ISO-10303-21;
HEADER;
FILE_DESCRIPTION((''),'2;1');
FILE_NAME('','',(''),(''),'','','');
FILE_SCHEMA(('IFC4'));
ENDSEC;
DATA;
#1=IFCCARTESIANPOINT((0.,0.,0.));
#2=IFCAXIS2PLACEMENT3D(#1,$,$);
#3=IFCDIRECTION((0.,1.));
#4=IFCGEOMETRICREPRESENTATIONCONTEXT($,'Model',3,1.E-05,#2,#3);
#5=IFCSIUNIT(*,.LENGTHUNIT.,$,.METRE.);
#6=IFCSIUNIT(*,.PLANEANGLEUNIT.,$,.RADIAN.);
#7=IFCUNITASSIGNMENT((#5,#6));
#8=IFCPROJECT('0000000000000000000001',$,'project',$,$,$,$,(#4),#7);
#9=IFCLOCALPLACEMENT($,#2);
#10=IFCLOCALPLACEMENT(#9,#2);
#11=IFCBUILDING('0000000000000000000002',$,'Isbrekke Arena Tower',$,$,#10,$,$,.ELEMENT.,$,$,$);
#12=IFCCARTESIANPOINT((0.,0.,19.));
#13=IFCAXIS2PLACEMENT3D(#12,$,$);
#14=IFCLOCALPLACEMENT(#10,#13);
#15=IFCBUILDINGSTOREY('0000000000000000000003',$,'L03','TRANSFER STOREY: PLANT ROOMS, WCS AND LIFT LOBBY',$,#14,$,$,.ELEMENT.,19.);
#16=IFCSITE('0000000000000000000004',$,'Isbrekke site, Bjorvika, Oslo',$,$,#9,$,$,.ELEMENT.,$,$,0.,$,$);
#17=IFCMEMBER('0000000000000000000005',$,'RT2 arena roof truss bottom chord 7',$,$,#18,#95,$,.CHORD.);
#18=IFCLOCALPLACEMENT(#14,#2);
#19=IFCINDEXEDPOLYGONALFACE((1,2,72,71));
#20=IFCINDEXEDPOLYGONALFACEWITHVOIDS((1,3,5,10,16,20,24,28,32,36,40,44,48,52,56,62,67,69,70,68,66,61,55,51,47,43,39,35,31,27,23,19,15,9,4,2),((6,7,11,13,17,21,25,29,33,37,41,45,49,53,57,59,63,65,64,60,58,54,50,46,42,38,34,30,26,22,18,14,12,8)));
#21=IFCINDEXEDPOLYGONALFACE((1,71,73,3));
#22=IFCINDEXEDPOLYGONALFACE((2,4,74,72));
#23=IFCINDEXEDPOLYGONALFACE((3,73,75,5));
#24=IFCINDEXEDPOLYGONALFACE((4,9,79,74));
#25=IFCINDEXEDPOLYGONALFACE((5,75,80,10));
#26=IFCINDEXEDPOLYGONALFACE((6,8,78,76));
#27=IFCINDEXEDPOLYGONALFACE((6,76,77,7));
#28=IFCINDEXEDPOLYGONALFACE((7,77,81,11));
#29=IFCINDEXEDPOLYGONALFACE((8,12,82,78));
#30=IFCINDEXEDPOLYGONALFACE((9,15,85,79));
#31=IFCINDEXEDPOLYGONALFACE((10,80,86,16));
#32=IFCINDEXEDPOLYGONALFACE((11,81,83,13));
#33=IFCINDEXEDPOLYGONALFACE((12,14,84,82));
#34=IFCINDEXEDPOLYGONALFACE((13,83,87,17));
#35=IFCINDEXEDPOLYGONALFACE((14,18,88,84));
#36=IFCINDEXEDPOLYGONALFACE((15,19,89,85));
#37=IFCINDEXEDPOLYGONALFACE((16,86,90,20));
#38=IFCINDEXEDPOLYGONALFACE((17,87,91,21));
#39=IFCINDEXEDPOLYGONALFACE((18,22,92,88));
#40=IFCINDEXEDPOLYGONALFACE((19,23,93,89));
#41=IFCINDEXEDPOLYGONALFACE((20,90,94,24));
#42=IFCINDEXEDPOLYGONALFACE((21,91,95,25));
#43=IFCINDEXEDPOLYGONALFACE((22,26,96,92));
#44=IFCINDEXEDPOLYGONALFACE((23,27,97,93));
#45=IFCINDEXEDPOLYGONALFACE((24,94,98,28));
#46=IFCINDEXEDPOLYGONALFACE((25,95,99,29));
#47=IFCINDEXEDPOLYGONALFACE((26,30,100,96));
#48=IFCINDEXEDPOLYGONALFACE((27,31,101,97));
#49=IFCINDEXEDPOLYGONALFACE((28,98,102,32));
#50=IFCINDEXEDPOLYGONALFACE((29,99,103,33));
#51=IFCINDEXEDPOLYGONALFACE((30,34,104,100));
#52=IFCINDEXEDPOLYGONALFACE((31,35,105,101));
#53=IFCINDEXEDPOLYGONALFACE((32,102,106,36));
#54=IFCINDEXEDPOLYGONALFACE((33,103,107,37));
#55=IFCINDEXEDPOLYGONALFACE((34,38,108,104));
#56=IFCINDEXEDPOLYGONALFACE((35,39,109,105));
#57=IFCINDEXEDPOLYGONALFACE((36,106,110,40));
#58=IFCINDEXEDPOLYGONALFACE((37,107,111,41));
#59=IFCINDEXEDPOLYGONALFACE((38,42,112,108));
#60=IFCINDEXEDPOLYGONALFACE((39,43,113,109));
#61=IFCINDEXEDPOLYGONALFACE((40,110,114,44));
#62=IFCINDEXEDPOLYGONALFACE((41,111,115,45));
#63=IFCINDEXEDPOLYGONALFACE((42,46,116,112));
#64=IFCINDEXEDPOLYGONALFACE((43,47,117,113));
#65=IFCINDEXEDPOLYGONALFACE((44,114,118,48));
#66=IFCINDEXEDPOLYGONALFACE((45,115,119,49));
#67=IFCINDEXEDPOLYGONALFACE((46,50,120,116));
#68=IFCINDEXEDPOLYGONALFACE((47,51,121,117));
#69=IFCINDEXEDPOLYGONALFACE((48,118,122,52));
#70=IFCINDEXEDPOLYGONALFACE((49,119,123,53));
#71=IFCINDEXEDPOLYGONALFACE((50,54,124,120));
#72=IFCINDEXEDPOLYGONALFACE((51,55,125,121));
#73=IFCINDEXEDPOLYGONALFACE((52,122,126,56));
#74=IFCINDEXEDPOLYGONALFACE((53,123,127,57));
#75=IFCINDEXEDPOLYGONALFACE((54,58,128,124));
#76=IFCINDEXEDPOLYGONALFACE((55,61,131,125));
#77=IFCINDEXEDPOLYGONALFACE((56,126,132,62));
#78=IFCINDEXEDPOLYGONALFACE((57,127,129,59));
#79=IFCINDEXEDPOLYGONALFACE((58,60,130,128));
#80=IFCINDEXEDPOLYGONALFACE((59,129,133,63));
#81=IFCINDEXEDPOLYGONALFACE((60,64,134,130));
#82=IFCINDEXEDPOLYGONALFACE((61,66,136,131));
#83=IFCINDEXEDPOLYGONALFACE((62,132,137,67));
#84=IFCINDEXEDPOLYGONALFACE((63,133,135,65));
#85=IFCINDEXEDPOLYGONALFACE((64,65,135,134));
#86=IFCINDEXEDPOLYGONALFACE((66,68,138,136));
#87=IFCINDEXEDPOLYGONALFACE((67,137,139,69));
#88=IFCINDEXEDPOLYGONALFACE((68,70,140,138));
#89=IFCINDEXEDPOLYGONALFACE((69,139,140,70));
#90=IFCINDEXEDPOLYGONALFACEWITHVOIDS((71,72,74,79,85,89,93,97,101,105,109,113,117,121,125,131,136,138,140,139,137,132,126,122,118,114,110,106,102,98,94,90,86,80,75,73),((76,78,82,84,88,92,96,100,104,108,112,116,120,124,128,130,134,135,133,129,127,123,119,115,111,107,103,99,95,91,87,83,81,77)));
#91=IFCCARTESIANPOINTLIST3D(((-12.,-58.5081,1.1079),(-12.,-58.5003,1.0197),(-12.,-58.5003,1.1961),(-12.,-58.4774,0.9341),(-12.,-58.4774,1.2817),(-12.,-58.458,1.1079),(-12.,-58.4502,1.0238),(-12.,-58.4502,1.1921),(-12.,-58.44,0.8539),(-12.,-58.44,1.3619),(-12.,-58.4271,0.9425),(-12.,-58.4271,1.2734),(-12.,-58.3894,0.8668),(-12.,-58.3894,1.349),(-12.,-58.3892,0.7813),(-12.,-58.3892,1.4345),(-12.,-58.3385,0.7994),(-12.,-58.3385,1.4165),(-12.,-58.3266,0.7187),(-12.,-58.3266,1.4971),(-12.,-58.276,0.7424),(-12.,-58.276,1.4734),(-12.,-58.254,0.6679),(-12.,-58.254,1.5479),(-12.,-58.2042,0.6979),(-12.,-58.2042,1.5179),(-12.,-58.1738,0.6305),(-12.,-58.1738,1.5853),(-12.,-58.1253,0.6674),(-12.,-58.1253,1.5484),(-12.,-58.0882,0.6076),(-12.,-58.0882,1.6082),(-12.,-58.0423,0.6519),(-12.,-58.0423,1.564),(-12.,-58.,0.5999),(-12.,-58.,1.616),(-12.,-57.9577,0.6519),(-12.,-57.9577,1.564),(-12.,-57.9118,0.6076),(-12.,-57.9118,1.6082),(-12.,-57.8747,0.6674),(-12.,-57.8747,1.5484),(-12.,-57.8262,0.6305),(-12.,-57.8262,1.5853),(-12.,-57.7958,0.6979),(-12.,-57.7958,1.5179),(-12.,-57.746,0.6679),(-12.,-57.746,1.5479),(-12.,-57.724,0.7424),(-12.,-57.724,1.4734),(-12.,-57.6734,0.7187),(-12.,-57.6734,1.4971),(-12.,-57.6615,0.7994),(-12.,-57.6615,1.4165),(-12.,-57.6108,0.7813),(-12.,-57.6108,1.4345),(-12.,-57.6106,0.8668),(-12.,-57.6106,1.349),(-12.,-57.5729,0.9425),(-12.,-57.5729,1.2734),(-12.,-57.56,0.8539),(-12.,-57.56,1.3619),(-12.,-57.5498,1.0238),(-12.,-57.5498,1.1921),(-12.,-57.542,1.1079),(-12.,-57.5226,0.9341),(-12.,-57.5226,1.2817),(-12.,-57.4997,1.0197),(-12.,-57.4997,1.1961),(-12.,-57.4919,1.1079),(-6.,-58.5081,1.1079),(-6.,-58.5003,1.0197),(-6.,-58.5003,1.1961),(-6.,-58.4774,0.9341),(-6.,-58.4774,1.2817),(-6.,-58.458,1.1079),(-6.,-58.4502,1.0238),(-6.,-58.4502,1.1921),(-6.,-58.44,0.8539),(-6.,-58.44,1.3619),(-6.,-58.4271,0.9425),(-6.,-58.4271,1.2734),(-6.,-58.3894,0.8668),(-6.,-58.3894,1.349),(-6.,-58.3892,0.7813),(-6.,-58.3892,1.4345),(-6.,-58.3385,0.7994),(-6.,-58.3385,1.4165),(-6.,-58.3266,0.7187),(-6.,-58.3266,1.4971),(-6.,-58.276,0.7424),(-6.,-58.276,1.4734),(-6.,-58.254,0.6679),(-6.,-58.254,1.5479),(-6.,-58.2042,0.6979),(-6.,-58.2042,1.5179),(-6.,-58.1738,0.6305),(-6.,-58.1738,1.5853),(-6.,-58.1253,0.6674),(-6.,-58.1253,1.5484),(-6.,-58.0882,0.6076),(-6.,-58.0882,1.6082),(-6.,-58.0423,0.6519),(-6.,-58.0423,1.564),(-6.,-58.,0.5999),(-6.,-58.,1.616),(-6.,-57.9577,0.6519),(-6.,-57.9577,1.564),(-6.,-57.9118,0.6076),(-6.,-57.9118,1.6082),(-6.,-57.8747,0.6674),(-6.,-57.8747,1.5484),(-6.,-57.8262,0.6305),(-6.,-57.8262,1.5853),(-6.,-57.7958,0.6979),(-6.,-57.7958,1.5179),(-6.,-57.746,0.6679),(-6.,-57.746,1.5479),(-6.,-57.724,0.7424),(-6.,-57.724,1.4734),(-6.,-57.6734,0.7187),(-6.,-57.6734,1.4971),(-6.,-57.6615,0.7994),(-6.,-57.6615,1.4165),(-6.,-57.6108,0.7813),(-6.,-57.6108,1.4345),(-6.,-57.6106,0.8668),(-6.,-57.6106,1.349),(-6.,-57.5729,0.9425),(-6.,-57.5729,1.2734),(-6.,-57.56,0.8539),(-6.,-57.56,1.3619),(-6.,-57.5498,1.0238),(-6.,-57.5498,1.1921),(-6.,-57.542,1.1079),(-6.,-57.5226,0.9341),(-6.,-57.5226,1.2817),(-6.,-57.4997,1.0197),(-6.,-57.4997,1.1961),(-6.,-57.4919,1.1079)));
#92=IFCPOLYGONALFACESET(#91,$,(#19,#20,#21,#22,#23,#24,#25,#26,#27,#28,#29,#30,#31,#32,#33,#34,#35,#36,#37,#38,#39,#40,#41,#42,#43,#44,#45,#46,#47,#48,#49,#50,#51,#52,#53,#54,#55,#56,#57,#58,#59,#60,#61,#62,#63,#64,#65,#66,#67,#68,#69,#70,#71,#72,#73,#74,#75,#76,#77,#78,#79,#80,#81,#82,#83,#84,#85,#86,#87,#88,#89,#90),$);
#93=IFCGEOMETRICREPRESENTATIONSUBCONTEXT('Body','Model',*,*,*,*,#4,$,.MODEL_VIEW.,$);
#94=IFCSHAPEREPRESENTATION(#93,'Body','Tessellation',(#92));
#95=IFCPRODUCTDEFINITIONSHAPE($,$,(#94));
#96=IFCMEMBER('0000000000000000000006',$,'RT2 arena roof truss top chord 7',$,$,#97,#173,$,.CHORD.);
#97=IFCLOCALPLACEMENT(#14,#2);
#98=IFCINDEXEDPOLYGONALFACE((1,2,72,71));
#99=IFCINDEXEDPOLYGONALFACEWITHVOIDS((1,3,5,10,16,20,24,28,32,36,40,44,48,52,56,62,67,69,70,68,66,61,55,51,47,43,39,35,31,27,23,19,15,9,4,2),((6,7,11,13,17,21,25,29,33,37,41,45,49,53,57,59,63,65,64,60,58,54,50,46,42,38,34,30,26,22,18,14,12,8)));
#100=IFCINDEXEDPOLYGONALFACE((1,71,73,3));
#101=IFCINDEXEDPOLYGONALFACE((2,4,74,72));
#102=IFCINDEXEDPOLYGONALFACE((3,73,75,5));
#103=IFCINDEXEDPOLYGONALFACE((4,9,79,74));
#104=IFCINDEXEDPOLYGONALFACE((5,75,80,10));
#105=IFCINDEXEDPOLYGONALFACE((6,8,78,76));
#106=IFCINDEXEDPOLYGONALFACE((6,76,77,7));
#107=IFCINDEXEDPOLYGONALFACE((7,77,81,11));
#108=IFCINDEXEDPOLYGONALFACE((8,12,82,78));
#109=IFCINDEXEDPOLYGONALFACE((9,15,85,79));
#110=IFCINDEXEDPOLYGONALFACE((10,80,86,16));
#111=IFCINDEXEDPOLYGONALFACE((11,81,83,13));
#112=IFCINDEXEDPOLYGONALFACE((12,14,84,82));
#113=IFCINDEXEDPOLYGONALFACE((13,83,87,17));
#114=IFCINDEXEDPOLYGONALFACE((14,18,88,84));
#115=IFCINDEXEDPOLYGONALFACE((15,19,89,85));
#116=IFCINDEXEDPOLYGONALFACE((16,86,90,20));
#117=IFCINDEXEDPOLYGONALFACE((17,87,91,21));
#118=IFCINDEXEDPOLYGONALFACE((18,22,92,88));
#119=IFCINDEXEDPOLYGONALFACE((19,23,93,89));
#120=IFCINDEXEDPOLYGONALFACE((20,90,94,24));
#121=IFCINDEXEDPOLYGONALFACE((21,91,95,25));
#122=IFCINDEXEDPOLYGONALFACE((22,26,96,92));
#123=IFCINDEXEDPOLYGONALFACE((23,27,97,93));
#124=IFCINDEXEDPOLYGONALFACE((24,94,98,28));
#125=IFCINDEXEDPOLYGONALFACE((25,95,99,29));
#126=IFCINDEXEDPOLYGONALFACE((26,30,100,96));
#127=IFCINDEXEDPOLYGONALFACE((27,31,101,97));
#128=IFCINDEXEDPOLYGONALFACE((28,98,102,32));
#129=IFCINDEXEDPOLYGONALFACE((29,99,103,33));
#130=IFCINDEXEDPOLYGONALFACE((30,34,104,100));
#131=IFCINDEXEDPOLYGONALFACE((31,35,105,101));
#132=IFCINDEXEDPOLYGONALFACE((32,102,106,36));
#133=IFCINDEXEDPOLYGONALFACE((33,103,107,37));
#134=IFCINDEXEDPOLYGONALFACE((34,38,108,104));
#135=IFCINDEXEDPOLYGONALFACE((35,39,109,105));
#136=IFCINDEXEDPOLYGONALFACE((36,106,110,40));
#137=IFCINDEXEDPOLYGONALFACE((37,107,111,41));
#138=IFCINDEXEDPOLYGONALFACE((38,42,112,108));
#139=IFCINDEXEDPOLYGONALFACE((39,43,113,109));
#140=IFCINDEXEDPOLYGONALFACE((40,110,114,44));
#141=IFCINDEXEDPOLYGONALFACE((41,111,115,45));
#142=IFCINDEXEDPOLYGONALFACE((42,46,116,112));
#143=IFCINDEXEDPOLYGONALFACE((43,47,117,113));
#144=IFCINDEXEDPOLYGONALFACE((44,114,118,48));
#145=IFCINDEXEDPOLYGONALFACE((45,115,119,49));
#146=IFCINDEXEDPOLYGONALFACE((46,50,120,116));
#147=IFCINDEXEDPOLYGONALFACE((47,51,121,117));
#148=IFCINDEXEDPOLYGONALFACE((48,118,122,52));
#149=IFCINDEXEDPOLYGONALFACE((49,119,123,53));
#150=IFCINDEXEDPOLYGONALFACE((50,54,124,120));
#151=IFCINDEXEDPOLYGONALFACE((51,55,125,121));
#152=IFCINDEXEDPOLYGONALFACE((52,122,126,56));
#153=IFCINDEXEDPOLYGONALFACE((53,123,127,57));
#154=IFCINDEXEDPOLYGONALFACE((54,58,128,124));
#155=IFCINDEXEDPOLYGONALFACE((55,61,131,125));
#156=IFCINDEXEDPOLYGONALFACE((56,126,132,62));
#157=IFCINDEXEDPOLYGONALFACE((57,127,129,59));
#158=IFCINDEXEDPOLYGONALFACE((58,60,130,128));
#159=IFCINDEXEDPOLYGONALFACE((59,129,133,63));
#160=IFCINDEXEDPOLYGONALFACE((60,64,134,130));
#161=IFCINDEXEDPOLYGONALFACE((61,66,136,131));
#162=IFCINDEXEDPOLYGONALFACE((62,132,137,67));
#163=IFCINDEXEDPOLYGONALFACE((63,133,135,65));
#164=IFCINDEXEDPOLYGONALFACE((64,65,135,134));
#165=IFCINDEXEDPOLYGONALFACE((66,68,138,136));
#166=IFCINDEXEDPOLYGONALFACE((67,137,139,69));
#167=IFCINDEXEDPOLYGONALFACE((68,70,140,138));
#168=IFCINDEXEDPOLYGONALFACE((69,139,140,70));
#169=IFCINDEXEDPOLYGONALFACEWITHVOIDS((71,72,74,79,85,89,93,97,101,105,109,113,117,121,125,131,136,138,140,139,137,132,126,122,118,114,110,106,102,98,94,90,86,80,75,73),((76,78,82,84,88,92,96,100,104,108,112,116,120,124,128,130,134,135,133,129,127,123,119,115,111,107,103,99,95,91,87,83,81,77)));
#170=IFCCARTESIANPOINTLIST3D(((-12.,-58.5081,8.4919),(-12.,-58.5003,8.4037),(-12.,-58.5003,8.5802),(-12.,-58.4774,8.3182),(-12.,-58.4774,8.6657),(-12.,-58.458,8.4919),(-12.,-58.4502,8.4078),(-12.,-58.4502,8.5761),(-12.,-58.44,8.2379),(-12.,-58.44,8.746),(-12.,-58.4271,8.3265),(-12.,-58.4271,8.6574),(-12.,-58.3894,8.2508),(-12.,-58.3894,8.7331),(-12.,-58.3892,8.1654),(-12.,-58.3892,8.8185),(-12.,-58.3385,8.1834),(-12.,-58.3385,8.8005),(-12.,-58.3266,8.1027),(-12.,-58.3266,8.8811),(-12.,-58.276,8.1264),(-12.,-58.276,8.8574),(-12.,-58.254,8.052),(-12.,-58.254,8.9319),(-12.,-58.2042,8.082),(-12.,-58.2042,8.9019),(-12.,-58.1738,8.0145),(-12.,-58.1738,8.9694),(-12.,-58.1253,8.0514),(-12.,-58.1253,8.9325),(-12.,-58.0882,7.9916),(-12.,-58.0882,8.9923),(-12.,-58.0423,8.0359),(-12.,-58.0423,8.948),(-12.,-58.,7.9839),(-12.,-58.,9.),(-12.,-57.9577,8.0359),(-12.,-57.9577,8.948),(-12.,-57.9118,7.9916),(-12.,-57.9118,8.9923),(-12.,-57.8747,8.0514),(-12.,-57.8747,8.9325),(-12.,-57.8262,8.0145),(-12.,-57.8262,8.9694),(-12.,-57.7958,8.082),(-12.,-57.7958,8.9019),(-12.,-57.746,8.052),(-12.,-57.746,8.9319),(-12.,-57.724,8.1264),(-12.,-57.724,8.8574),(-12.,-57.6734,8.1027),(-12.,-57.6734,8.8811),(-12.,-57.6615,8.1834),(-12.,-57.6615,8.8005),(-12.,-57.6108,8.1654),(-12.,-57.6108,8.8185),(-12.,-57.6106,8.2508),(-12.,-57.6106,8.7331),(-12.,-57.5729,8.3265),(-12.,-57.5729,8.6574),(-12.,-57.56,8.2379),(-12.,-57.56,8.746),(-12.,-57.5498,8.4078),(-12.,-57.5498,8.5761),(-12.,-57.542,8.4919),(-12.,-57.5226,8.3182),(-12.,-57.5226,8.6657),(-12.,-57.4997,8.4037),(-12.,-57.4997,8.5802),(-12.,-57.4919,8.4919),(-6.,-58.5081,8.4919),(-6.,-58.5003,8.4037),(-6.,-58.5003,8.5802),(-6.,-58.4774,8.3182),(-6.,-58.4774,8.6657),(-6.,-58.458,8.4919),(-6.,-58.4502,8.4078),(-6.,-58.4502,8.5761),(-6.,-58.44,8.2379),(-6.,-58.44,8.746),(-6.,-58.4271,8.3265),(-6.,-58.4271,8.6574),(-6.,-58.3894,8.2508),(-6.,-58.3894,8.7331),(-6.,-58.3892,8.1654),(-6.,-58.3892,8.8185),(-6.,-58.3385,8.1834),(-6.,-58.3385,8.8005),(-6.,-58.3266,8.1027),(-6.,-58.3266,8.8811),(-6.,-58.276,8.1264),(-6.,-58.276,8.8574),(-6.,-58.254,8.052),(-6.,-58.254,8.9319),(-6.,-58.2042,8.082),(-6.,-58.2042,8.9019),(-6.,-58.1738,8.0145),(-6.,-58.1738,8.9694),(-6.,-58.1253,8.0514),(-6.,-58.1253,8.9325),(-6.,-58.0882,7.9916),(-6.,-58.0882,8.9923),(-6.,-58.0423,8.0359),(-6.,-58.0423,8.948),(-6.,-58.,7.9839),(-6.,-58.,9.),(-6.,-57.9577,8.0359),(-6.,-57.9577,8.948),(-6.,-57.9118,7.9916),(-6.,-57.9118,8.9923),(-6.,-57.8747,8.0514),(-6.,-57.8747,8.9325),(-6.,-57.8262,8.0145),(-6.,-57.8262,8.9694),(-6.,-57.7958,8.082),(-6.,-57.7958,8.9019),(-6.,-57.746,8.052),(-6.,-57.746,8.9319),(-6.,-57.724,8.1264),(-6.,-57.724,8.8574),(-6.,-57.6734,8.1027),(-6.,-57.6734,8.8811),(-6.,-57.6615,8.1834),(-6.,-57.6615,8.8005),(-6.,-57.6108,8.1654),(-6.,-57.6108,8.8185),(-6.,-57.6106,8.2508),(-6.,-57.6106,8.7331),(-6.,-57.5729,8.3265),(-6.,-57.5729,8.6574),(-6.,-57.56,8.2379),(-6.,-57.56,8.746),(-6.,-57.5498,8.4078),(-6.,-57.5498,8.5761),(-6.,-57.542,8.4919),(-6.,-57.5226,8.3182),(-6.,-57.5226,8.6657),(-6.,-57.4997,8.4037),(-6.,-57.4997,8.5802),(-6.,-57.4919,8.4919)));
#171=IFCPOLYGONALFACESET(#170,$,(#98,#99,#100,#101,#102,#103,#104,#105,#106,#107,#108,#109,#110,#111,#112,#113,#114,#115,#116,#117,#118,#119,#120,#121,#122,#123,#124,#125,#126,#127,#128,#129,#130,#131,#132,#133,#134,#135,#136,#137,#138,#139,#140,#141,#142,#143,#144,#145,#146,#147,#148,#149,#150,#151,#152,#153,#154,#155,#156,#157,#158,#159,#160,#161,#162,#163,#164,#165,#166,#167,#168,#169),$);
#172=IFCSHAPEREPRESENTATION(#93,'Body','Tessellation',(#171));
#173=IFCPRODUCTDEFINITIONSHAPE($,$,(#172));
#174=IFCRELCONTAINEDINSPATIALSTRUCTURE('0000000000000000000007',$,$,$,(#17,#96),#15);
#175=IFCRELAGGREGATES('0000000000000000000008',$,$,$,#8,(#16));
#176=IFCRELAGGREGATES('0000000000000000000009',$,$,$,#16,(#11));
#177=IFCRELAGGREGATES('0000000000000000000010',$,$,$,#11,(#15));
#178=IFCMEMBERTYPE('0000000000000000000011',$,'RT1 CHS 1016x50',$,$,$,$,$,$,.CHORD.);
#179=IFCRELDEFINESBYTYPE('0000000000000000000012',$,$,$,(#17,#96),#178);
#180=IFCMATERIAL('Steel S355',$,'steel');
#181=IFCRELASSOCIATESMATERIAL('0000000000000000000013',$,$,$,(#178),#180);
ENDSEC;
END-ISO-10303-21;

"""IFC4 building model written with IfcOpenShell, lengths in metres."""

from ifc_helpers import new_model, si_unit, direction, frame, origin, origin_2d, place, context, subcontext, project, spatial, hollow_circle, extrude, material, material_profile, profile_set, type_object, element, save


model = new_model("IFC4")

# Units and contexts
model_context = context("Model", 3, precision=1e-05, world=origin(), true_north=direction((0.0, 1.0)))
body_context = subcontext(model_context, "Body", "Model", "MODEL_VIEW")
ifc_project = project(units=[si_unit("LENGTHUNIT", "METRE"), si_unit("PLANEANGLEUNIT", "RADIAN")], contexts=[model_context])

# Site, building, storey
site_placement = place(None, origin())
site = spatial("IfcSite", under=ifc_project, at=site_placement, Name="Isbrekke site, Bjorvika, Oslo", CompositionType="ELEMENT", RefElevation=0.0)
building_placement = place(site_placement, origin())
building = spatial("IfcBuilding", under=site, at=building_placement, Name="Isbrekke Arena Tower", CompositionType="ELEMENT")
storey_placement = place(building_placement, frame((0.0, 0.0, 19.0)))
storey = spatial("IfcBuildingStorey", under=building, at=storey_placement, Name="L03", Description="TRANSFER STOREY: PLANT ROOMS, WCS AND LIFT LOBBY", CompositionType="ELEMENT", Elevation=19.0)

# Members
ifc_material_1 = material(Name="Steel S355", Category="steel")
ifc_material_profile_1 = material_profile(ifc_material_1, hollow_circle(Radius=0.5081, WallThickness=0.05, at=origin_2d()), Name="CHS 1016x50")
ifc_profile_set_1 = profile_set([ifc_material_profile_1], Name="Steel S355")
member_type_1 = type_object("IfcMemberType", Name="RT1 CHS 1016x50", PredefinedType="CHORD", material=ifc_profile_set_1)
for number, where, z_axis, x_axis, name in (
    (1, (-12.0, -58.0, 1.1079), (1.0, 0.0, 0.0), (0.0, 1.0, 0.0), "RT2 arena roof truss bottom chord 7"),
    (2, (-12.0, -58.0, 8.4919), (1.0, 0.0, 0.0), (0.0, 1.0, 0.0), "RT2 arena roof truss top chord 7"),
):
    element("IfcMember", number, at=place(storey_placement, frame(where, z_axis=z_axis, x_axis=x_axis)), inside=storey, type_object=member_type_1, Name=name, PredefinedType="CHORD", context=body_context, shape_type="SweptSolid", body=[
        extrude(hollow_circle(Radius=0.5081, WallThickness=0.05, at=origin_2d()), origin(), (0.0, 0.0, 1.0), 6.0),
    ])

save(model, "model.ifc")
